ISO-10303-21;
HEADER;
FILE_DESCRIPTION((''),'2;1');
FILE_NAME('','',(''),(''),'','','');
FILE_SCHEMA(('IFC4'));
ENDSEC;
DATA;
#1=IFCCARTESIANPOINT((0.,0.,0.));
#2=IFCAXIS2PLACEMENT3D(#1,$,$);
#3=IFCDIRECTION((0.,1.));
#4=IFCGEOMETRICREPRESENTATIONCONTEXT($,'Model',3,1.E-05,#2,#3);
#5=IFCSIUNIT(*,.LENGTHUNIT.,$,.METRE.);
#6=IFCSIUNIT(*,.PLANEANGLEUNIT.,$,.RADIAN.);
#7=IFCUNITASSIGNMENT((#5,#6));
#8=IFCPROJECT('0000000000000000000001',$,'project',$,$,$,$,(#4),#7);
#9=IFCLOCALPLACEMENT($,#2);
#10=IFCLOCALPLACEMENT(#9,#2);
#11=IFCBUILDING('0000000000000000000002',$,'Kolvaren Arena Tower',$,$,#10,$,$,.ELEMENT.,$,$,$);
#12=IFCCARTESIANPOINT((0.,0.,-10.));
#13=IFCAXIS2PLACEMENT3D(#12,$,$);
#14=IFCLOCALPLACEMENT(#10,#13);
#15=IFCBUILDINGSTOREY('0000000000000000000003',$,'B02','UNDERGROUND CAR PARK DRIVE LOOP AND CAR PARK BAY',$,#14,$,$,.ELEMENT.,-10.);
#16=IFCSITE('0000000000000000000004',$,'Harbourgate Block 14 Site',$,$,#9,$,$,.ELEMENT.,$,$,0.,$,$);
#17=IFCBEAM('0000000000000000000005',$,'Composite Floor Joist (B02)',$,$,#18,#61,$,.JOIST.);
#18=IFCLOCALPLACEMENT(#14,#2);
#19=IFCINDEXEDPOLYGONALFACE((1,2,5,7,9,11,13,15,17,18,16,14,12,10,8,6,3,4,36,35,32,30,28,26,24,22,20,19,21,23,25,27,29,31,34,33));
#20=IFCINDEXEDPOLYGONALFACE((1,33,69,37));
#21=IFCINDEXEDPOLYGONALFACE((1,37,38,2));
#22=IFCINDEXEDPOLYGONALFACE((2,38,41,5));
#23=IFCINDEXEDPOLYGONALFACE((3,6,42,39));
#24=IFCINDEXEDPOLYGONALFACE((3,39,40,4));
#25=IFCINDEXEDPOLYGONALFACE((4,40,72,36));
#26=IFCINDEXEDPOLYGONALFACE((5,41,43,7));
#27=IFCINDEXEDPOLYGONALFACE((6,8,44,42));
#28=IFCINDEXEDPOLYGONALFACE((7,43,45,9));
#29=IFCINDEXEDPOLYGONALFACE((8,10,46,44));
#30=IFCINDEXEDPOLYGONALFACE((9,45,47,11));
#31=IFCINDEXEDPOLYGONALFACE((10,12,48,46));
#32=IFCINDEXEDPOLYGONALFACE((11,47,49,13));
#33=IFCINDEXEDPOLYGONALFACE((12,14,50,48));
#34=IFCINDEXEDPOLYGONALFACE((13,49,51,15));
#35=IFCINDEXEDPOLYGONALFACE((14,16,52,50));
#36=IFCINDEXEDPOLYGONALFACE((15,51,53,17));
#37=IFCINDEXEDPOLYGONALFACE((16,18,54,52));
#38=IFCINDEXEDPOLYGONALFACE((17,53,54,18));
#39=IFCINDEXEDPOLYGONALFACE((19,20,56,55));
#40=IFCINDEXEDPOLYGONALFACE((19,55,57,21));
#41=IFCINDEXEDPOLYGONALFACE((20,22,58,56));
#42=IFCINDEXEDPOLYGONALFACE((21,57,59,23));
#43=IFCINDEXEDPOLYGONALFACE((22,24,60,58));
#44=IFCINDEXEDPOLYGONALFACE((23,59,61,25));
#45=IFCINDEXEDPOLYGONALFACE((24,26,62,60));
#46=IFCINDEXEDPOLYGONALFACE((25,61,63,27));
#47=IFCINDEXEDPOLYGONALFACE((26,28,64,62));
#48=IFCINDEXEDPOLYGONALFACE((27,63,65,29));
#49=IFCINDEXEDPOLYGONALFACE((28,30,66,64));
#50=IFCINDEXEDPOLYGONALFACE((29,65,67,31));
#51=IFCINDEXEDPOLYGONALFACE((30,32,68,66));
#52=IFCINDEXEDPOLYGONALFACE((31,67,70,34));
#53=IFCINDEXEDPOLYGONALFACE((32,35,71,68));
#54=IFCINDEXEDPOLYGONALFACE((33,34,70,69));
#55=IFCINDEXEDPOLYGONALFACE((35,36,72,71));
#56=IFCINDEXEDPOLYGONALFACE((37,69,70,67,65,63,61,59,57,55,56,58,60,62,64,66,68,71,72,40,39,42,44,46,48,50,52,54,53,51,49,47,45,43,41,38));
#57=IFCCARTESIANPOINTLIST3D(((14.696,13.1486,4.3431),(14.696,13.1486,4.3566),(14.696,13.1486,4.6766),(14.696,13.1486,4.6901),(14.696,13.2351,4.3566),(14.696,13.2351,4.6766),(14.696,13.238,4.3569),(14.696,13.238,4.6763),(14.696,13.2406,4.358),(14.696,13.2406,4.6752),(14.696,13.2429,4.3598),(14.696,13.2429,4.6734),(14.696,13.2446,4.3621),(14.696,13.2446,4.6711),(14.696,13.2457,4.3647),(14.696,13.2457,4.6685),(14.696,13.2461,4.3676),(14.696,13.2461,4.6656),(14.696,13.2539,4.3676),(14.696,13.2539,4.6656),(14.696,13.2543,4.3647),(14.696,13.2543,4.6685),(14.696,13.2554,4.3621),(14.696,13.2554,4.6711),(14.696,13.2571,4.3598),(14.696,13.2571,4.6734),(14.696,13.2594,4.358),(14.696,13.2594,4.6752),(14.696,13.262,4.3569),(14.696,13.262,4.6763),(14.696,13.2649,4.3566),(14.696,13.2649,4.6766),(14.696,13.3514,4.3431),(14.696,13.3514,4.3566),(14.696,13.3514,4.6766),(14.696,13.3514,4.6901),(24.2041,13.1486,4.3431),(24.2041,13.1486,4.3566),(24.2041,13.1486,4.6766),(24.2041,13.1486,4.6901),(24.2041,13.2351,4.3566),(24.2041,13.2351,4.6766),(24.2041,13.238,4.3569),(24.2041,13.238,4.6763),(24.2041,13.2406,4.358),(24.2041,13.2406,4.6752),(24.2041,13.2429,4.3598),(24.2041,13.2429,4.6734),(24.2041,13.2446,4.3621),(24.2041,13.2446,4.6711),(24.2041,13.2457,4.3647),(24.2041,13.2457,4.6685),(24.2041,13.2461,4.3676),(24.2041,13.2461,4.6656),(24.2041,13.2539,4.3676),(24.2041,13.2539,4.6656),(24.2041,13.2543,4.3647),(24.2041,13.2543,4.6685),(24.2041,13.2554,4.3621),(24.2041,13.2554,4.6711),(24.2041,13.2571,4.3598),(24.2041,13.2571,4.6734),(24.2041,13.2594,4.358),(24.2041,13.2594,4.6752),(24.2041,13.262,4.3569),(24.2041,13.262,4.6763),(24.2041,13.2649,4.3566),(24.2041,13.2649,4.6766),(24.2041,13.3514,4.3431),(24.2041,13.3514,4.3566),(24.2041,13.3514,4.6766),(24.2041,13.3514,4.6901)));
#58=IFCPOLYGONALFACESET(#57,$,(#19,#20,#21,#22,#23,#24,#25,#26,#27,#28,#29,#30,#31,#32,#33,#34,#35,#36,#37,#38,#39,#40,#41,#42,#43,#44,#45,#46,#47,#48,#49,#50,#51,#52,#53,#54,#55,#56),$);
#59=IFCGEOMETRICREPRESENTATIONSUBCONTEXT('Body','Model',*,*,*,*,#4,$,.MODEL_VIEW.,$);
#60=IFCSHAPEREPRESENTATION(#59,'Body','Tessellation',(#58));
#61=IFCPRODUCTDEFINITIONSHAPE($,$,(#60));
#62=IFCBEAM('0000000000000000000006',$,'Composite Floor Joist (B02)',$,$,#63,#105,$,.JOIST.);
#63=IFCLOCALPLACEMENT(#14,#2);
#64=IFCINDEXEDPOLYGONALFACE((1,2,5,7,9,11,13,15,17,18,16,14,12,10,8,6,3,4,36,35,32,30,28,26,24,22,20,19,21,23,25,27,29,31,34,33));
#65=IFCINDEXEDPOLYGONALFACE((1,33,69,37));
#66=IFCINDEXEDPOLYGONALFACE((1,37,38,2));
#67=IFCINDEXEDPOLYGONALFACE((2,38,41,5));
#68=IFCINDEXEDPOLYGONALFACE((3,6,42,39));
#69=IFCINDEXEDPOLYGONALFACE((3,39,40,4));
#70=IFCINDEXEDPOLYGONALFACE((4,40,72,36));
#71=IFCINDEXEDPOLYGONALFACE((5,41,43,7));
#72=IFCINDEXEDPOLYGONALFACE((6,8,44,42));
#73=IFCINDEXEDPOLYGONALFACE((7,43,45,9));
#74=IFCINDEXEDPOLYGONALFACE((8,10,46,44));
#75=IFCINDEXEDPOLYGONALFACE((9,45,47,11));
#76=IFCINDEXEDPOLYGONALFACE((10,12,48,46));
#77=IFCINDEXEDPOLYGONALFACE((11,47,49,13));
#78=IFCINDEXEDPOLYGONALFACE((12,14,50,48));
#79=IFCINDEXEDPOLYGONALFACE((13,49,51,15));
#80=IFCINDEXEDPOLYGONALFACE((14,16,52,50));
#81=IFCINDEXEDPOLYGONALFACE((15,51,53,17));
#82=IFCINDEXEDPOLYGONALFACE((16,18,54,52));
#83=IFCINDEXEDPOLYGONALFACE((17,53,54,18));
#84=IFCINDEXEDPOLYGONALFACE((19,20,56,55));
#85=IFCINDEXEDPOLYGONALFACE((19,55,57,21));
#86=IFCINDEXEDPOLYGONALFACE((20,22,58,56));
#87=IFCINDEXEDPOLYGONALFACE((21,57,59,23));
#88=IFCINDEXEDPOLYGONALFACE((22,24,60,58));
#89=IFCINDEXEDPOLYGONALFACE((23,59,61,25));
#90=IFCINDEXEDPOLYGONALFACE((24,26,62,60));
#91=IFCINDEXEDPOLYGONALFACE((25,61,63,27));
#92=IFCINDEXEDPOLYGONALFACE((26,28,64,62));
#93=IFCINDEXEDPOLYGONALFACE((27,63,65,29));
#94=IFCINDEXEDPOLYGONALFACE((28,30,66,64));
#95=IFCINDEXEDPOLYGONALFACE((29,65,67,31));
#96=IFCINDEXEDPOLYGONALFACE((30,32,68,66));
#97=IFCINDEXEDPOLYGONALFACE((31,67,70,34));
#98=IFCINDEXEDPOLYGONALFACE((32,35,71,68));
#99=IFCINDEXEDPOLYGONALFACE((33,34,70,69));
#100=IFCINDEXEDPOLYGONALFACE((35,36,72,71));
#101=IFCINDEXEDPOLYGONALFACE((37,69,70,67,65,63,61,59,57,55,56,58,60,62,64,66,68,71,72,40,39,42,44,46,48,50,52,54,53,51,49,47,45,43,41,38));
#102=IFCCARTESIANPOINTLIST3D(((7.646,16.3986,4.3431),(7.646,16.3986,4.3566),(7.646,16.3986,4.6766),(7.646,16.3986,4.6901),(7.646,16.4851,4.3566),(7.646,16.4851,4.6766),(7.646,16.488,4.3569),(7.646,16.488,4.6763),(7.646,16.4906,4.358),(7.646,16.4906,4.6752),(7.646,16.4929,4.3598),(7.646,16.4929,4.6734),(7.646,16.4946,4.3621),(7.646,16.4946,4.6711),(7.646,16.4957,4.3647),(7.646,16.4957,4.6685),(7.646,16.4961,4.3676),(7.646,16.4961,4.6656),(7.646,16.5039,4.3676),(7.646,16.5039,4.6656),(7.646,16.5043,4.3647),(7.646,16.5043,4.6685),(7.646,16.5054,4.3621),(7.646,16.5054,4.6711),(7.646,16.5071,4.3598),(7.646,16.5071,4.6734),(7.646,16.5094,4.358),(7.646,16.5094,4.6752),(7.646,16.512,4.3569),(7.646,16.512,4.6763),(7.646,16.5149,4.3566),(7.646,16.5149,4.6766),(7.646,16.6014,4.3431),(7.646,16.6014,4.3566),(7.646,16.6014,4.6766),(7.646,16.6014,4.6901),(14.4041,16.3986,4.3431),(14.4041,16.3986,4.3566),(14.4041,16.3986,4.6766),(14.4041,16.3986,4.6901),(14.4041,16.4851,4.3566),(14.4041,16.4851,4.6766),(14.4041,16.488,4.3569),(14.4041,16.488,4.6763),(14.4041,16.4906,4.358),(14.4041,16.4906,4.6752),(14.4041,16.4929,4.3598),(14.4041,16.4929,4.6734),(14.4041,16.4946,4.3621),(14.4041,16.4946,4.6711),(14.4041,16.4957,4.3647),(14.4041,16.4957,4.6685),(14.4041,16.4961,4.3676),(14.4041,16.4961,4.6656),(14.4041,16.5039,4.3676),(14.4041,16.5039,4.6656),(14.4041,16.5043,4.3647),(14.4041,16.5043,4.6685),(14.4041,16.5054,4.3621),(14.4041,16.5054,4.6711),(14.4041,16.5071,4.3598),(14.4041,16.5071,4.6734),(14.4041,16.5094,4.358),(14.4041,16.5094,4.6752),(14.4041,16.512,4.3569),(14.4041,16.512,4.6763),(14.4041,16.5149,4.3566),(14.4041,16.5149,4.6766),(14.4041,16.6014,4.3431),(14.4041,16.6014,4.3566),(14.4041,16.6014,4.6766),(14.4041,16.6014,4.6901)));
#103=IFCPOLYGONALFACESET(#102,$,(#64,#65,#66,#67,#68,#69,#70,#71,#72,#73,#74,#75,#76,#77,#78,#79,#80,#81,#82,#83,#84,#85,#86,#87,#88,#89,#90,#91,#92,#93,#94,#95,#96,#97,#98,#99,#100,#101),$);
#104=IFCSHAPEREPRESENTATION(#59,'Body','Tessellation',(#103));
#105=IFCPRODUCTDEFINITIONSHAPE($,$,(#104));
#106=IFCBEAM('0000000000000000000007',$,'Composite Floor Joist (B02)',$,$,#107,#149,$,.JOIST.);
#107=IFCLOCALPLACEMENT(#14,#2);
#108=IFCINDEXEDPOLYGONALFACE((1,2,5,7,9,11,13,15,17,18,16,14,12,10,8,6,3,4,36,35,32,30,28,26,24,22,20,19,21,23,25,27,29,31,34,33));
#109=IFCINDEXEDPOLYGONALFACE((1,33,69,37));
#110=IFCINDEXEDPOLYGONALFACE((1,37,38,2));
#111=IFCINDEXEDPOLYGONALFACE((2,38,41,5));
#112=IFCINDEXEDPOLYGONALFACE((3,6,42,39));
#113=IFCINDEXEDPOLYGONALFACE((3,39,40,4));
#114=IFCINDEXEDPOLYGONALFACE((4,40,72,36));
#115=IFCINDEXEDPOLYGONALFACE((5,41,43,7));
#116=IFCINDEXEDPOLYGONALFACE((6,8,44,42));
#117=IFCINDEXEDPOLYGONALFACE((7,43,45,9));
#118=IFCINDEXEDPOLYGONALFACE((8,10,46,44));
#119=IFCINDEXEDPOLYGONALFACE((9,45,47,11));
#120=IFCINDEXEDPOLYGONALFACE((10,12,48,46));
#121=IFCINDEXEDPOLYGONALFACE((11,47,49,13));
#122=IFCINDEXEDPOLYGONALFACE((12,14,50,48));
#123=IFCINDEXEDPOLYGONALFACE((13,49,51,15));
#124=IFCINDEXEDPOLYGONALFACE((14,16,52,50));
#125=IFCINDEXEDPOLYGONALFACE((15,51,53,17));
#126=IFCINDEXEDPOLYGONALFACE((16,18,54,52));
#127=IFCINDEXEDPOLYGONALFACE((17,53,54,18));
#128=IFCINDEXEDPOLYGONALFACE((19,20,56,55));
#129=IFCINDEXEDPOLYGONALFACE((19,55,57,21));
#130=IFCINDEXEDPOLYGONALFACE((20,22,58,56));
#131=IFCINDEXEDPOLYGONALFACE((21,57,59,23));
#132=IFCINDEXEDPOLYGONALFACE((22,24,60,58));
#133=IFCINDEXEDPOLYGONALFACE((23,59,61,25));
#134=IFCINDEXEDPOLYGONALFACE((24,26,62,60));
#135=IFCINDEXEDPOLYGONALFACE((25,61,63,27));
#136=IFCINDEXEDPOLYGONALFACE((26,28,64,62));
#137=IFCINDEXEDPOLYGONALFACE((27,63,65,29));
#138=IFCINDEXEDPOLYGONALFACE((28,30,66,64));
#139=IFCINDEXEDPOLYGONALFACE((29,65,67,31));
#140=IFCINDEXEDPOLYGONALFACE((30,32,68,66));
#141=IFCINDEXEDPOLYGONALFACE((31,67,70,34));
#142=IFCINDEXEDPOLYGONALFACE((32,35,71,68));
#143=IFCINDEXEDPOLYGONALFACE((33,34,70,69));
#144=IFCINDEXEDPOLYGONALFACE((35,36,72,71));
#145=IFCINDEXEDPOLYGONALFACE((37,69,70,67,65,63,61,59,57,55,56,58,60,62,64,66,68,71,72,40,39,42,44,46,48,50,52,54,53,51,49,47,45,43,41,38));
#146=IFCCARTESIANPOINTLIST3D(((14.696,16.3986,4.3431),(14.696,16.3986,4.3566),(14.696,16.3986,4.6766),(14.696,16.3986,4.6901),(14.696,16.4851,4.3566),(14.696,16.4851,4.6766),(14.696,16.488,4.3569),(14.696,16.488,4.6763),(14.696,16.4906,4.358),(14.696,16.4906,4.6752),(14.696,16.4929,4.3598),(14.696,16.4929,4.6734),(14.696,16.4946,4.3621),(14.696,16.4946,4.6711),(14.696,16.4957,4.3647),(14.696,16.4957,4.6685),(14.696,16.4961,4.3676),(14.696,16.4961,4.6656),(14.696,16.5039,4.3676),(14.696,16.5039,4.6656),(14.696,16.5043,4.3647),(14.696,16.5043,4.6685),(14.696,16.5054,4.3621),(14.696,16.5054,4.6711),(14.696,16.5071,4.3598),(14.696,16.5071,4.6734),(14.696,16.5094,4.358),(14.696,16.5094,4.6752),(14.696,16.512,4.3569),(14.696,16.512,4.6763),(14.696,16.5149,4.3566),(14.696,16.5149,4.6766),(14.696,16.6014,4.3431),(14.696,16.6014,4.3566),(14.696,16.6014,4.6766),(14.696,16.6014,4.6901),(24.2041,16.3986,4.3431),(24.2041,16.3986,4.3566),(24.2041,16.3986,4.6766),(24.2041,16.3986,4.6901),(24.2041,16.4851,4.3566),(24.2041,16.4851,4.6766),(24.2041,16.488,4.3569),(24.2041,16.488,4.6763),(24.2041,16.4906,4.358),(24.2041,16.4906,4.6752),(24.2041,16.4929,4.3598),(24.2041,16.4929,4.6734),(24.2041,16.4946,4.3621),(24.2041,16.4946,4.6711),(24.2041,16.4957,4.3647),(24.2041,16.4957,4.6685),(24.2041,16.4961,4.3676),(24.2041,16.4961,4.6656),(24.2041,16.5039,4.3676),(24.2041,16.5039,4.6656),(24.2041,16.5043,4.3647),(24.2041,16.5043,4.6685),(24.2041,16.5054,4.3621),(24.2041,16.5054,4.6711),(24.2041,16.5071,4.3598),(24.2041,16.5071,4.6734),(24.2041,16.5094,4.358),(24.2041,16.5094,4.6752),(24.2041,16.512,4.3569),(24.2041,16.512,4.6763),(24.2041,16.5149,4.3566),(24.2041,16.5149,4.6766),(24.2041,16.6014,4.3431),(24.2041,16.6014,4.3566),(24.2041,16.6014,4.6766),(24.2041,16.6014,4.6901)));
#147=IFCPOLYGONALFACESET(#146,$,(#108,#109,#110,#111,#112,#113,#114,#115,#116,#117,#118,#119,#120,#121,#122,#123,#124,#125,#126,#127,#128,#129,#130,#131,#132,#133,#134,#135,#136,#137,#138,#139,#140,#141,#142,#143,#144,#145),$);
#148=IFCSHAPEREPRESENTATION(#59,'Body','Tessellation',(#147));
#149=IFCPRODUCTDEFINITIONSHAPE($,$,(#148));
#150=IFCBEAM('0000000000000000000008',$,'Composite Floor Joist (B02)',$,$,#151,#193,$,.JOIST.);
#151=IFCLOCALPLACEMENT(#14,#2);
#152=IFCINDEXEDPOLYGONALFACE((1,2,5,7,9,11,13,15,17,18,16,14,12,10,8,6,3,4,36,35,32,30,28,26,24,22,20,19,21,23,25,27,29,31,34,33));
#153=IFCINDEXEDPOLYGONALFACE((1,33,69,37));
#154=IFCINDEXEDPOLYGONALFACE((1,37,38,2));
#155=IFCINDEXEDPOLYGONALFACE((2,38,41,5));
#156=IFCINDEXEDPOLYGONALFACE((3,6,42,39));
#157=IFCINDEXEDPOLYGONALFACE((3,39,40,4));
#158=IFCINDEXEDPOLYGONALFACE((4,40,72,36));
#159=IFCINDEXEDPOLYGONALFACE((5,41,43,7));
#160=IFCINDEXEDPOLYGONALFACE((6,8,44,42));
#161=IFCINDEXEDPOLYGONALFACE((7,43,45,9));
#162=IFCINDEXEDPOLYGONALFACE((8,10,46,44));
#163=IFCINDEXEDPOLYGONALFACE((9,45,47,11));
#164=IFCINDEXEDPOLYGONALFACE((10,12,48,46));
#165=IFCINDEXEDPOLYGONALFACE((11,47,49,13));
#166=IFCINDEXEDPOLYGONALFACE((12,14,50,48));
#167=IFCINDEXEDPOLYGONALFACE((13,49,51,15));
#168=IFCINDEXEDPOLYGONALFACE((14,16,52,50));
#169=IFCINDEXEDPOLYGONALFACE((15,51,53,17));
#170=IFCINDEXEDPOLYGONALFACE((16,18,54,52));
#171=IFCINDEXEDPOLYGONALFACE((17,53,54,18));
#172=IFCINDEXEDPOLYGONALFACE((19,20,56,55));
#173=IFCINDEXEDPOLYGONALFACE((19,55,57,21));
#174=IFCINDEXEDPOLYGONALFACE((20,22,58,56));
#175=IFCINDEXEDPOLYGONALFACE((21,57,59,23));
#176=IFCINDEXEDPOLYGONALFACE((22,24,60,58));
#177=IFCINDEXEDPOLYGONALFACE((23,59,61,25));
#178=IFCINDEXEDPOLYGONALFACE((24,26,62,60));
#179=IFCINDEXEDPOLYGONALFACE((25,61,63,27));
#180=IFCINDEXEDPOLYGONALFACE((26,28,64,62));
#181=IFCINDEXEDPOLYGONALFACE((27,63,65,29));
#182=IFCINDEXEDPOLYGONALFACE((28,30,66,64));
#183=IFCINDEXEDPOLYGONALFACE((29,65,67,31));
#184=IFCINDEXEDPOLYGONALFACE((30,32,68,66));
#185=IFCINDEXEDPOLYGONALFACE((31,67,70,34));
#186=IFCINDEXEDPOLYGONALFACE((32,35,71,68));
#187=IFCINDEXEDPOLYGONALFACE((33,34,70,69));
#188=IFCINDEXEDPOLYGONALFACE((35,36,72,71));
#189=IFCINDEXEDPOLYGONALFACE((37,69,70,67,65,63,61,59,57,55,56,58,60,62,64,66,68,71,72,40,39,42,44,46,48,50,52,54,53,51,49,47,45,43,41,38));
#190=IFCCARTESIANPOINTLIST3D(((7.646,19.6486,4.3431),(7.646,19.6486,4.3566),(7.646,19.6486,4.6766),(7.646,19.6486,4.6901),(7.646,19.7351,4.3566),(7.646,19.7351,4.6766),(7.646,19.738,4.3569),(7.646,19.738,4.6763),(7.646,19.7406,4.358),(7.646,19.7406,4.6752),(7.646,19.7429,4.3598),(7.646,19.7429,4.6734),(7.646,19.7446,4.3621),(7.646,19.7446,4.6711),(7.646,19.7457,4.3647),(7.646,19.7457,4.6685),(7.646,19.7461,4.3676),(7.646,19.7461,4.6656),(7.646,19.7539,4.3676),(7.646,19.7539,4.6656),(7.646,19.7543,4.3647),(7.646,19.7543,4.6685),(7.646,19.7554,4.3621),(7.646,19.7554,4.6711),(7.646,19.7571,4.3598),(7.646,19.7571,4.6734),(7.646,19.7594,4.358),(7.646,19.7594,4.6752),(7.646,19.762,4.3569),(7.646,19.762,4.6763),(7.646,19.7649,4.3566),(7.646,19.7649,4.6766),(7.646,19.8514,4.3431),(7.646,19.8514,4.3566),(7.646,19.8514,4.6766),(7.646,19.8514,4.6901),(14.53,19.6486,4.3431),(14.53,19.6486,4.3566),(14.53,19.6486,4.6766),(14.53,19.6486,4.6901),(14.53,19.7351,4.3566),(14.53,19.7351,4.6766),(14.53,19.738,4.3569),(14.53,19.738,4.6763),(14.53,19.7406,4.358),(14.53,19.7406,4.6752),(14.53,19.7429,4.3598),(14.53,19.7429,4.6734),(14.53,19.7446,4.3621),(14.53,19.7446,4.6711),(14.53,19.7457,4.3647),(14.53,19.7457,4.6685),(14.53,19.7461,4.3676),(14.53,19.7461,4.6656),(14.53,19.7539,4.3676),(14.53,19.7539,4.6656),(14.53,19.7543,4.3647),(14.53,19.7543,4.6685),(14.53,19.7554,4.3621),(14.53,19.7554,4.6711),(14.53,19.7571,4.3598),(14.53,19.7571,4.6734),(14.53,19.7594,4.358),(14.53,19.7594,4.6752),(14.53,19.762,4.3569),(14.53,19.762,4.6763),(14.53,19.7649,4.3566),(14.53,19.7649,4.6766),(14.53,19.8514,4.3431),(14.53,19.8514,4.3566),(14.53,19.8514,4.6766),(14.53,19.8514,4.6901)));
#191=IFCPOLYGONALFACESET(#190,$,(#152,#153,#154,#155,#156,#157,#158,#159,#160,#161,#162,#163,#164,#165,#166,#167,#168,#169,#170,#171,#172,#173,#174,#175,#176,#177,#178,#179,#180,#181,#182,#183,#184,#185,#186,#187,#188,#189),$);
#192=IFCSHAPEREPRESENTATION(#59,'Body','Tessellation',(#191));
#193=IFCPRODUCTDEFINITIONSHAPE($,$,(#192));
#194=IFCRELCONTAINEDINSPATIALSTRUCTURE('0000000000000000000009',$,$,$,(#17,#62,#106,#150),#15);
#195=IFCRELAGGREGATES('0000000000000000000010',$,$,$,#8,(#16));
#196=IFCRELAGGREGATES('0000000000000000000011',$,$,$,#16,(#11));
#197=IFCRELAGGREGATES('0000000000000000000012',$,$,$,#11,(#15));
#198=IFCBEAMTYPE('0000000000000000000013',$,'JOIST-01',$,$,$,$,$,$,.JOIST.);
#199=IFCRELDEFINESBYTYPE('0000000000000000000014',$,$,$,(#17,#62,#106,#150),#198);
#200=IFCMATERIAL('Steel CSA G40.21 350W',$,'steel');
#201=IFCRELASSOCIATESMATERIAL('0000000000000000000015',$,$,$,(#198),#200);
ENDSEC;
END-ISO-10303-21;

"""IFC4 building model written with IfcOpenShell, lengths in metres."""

from ifc_helpers import new_model, si_unit, direction, frame, origin, origin_2d, place, context, subcontext, project, spatial, i_section, extrude, material, material_profile, profile_set, type_object, element, save


model = new_model("IFC4")

# Units and contexts
model_context = context("Model", 3, precision=1e-05, world=origin(), true_north=direction((0.0, 1.0)))
body_context = subcontext(model_context, "Body", "Model", "MODEL_VIEW")
ifc_project = project(units=[si_unit("LENGTHUNIT", "METRE"), si_unit("PLANEANGLEUNIT", "RADIAN")], contexts=[model_context])

# Site, building, storey
site_placement = place(None, origin())
site = spatial("IfcSite", under=ifc_project, at=site_placement, Name="Harbourgate Block 14 Site", CompositionType="ELEMENT", RefElevation=0.0)
building_placement = place(site_placement, origin())
building = spatial("IfcBuilding", under=site, at=building_placement, Name="Kolvaren Arena Tower", CompositionType="ELEMENT")
storey_placement = place(building_placement, frame((0.0, 0.0, -10.0)))
storey = spatial("IfcBuildingStorey", under=building, at=storey_placement, Name="B02", Description="UNDERGROUND CAR PARK DRIVE LOOP AND CAR PARK BAY", CompositionType="ELEMENT", Elevation=-10.0)

# Beams
ifc_material_1 = material(Name="Steel CSA G40.21 350W", Category="steel")
ifc_material_profile_1 = material_profile(ifc_material_1, i_section(OverallWidth=0.2029, OverallDepth=0.3469, WebThickness=0.0078, FlangeThickness=0.0134, FilletRadius=0.011, at=origin_2d()), Name="W360x64")
ifc_profile_set_1 = profile_set([ifc_material_profile_1], Name="Steel CSA G40.21 350W")
beam_type_1 = type_object("IfcBeamType", Name="JOIST-01", PredefinedType="JOIST", material=ifc_profile_set_1)
beam_1_placement = place(storey_placement, frame((14.696, 13.25, 4.5166), z_axis=(1.0, 0.0, 0.0), x_axis=(0.0, 1.0, 0.0)))
element("IfcBeam", 1, at=beam_1_placement, inside=storey, type_object=beam_type_1, Name="Composite Floor Joist (B02)", PredefinedType="JOIST", context=body_context, shape_type="SweptSolid", body=[
    extrude(i_section(OverallWidth=0.2029, OverallDepth=0.3469, WebThickness=0.0078, FlangeThickness=0.0134, FilletRadius=0.011, at=origin_2d()), origin(), (0.0, 0.0, 1.0), 9.5081),
])
beam_2_placement = place(storey_placement, frame((7.646, 16.5, 4.5166), z_axis=(1.0, 0.0, 0.0), x_axis=(0.0, 1.0, 0.0)))
element("IfcBeam", 2, at=beam_2_placement, inside=storey, type_object=beam_type_1, Name="Composite Floor Joist (B02)", PredefinedType="JOIST", context=body_context, shape_type="SweptSolid", body=[
    extrude(i_section(OverallWidth=0.2029, OverallDepth=0.3469, WebThickness=0.0078, FlangeThickness=0.0134, FilletRadius=0.011, at=origin_2d()), origin(), (0.0, 0.0, 1.0), 6.7581),
])
beam_3_placement = place(storey_placement, frame((14.696, 16.5, 4.5166), z_axis=(1.0, 0.0, 0.0), x_axis=(0.0, 1.0, 0.0)))
element("IfcBeam", 3, at=beam_3_placement, inside=storey, type_object=beam_type_1, Name="Composite Floor Joist (B02)", PredefinedType="JOIST", context=body_context, shape_type="SweptSolid", body=[
    extrude(i_section(OverallWidth=0.2029, OverallDepth=0.3469, WebThickness=0.0078, FlangeThickness=0.0134, FilletRadius=0.011, at=origin_2d()), origin(), (0.0, 0.0, 1.0), 9.5081),
])
beam_4_placement = place(storey_placement, frame((7.646, 19.75, 4.5166), z_axis=(1.0, 0.0, 0.0), x_axis=(0.0, 1.0, 0.0)))
element("IfcBeam", 4, at=beam_4_placement, inside=storey, type_object=beam_type_1, Name="Composite Floor Joist (B02)", PredefinedType="JOIST", context=body_context, shape_type="SweptSolid", body=[
    extrude(i_section(OverallWidth=0.2029, OverallDepth=0.3469, WebThickness=0.0078, FlangeThickness=0.0134, FilletRadius=0.011, at=origin_2d()), origin(), (0.0, 0.0, 1.0), 6.884),
])

save(model, "model.ifc")
